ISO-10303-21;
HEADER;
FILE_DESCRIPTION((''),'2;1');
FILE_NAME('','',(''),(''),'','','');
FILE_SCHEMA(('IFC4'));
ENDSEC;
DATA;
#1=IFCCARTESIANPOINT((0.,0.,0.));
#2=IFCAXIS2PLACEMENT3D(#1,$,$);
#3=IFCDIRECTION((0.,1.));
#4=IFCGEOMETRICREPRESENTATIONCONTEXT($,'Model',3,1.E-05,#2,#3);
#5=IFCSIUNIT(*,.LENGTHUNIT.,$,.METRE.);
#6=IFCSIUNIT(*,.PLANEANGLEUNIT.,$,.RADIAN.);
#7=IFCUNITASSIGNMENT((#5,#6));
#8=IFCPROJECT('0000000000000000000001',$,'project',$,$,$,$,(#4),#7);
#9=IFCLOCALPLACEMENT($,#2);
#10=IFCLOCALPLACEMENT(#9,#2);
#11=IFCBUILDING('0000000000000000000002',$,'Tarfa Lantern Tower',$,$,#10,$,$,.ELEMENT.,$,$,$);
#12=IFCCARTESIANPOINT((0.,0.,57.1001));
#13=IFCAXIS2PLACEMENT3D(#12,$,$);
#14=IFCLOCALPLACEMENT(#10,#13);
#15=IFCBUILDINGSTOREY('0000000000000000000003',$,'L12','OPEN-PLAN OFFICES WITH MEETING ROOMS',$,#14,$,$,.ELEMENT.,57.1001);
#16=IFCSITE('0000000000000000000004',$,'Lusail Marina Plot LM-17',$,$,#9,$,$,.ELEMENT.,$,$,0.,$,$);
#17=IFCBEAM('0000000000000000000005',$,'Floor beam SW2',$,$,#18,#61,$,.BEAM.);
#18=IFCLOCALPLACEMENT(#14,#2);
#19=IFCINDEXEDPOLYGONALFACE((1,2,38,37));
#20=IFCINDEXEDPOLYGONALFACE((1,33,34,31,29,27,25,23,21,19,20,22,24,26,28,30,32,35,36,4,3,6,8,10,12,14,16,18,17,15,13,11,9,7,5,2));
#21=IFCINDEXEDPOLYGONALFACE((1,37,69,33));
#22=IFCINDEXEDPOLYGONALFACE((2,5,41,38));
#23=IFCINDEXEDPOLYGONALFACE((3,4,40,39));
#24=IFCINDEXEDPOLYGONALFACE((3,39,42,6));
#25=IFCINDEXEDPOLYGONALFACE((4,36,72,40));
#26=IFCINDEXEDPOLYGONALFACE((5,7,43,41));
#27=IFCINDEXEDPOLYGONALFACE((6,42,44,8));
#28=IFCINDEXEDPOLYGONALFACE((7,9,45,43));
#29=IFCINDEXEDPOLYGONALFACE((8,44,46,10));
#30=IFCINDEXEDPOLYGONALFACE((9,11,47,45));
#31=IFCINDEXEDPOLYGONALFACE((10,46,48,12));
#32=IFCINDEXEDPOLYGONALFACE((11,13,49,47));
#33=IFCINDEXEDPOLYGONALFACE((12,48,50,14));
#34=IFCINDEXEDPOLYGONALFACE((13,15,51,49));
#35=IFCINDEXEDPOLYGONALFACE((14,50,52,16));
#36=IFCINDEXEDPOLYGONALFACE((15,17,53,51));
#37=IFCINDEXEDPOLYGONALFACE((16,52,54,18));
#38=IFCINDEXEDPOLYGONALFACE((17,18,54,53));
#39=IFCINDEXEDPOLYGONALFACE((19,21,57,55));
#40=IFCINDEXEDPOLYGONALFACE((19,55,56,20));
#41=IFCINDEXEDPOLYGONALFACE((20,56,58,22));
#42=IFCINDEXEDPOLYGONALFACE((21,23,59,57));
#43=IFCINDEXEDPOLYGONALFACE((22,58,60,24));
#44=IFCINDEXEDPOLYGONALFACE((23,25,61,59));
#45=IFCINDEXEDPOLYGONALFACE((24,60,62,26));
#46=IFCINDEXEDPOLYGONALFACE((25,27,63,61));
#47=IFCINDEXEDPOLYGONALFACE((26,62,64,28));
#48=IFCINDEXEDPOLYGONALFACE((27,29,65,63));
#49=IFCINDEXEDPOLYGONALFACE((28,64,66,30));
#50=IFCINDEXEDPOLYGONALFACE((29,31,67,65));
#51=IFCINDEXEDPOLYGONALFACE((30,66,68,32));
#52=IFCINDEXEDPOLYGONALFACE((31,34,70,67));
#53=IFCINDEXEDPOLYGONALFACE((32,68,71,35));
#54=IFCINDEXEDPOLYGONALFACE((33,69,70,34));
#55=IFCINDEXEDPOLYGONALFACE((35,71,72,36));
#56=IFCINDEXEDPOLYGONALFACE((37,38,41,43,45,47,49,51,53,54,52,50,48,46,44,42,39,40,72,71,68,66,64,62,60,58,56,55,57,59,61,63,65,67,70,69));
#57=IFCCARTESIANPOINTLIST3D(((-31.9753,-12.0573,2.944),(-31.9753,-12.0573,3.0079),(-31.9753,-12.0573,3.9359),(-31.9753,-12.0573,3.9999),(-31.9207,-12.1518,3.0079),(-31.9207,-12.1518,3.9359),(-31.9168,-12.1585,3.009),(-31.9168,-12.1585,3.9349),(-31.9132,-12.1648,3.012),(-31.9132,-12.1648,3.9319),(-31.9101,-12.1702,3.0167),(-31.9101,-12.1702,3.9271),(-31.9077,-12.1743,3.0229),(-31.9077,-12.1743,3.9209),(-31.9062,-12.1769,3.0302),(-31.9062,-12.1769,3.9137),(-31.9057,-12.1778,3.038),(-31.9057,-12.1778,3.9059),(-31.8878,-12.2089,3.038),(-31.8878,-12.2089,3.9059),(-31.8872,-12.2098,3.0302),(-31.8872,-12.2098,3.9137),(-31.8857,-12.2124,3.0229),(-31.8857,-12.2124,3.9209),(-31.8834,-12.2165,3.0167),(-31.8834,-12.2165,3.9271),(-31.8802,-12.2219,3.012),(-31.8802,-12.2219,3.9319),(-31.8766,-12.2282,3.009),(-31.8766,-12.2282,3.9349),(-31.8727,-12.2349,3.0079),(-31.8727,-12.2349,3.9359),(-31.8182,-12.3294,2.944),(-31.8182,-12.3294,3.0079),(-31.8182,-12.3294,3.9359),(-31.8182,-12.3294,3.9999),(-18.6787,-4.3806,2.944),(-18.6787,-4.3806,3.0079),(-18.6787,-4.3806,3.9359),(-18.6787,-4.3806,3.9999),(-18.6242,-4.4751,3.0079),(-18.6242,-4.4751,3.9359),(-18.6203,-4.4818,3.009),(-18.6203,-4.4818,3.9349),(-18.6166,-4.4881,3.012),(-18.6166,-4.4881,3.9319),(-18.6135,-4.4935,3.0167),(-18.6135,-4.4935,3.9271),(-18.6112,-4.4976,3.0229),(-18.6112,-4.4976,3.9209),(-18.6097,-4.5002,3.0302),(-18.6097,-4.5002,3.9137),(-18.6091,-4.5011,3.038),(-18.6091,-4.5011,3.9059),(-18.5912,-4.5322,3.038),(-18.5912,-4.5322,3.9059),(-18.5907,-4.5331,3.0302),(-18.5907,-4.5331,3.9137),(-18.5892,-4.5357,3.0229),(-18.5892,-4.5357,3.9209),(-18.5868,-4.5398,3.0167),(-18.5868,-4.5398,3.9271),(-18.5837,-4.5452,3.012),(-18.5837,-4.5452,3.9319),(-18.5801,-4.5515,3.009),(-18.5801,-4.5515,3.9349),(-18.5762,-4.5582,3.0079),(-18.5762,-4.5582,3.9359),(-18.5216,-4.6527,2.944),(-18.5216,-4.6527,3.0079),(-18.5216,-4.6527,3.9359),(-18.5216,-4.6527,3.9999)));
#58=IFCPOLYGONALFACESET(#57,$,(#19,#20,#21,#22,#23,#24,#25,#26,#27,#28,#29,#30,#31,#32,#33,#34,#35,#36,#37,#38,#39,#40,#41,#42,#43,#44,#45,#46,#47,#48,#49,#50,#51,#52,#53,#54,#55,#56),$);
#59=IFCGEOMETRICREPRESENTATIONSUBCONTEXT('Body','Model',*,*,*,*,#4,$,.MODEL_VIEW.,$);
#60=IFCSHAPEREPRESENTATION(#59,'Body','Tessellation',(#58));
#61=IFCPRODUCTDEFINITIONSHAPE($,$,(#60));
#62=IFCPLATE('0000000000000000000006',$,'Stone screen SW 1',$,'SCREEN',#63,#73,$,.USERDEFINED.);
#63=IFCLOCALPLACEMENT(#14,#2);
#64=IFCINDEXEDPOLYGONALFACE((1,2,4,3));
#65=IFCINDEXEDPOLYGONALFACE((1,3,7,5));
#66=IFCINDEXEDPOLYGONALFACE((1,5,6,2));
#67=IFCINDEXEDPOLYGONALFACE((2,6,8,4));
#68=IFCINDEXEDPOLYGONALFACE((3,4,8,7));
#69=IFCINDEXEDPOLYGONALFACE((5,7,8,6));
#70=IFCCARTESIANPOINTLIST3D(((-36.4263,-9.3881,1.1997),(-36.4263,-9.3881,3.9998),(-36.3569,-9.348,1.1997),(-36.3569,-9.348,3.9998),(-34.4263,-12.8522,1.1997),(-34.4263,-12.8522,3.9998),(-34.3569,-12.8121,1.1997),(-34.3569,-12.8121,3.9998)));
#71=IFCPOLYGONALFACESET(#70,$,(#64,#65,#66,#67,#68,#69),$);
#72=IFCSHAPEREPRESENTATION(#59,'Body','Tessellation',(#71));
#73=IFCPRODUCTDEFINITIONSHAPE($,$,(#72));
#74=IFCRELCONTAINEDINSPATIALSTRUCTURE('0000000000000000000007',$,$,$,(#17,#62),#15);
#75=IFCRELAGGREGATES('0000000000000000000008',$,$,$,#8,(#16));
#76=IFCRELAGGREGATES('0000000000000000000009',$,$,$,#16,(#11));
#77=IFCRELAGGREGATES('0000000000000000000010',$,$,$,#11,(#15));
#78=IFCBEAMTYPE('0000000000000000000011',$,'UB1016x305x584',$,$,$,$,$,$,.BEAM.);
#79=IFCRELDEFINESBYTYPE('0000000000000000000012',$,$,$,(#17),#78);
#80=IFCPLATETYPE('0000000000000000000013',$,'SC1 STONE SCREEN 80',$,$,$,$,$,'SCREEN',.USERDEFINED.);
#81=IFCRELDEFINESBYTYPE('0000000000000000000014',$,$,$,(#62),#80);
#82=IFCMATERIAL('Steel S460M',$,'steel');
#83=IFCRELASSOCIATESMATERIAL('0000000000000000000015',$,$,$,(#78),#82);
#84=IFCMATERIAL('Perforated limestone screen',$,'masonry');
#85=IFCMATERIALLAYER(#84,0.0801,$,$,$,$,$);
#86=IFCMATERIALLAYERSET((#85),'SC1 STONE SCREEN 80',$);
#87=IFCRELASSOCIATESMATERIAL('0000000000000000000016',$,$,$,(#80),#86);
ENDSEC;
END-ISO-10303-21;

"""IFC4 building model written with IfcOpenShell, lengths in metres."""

from ifc_helpers import new_model, si_unit, direction, frame, origin, origin_2d, place, context, subcontext, project, spatial, rectangle, i_section, extrude, material, layer, layer_set, material_profile, profile_set, type_object, element, save


model = new_model("IFC4")

# Units and contexts
model_context = context("Model", 3, precision=1e-05, world=origin(), true_north=direction((0.0, 1.0)))
body_context = subcontext(model_context, "Body", "Model", "MODEL_VIEW")
ifc_project = project(units=[si_unit("LENGTHUNIT", "METRE"), si_unit("PLANEANGLEUNIT", "RADIAN")], contexts=[model_context])

# Site, building, storey
site_placement = place(None, origin())
site = spatial("IfcSite", under=ifc_project, at=site_placement, Name="Lusail Marina Plot LM-17", CompositionType="ELEMENT", RefElevation=0.0)
building_placement = place(site_placement, origin())
building = spatial("IfcBuilding", under=site, at=building_placement, Name="Tarfa Lantern Tower", CompositionType="ELEMENT")
storey_placement = place(building_placement, frame((0.0, 0.0, 57.1001)))
storey = spatial("IfcBuildingStorey", under=building, at=storey_placement, Name="L12", Description="OPEN-PLAN OFFICES WITH MEETING ROOMS", CompositionType="ELEMENT", Elevation=57.1001)

# Beam
ifc_material_1 = material(Name="Steel S460M", Category="steel")
ifc_material_profile_1 = material_profile(ifc_material_1, i_section(OverallWidth=0.3142, OverallDepth=1.0559, WebThickness=0.0359, FlangeThickness=0.064, FilletRadius=0.03, at=origin_2d()), Name="UB1016x305x584")
ifc_profile_set_1 = profile_set([ifc_material_profile_1], Name="Steel S460M")
beam_type_1 = type_object("IfcBeamType", Name="UB1016x305x584", PredefinedType="BEAM", material=ifc_profile_set_1)
beam_1_placement = place(storey_placement, frame((-31.8967, -12.1934, 3.4719), z_axis=(0.866027, 0.499997, 0.0), x_axis=(-0.499997, 0.866027, 0.0)))
element("IfcBeam", 1, at=beam_1_placement, inside=storey, type_object=beam_type_1, Name="Floor beam SW2", PredefinedType="BEAM", context=body_context, shape_type="SweptSolid", body=[
    extrude(i_section(OverallWidth=0.3142, OverallDepth=1.0559, WebThickness=0.0359, FlangeThickness=0.064, FilletRadius=0.03, at=origin_2d()), origin(), (0.0, 0.0, 1.0), 15.3535),
])

# Plate
ifc_material_2 = material(Name="Perforated limestone screen", Category="masonry")
ifc_layer_1 = layer(ifc_material_2, 0.0801)
ifc_layer_set_1 = layer_set([ifc_layer_1], Name="SC1 STONE SCREEN 80")
plate_type = type_object("IfcPlateType", Name="SC1 STONE SCREEN 80", ElementType="SCREEN", PredefinedType="USERDEFINED", material=ifc_layer_set_1)
plate_placement = place(storey_placement, frame((-35.3916, -11.1001, 1.1997), z_axis=(0.0, 0.0, 1.0), x_axis=(0.5, -0.866025, 0.0)))
element("IfcPlate", 2, at=plate_placement, inside=storey, type_object=plate_type, Name="Stone screen SW 1", ObjectType="SCREEN", PredefinedType="USERDEFINED", context=body_context, shape_type="SweptSolid", body=[
    extrude(rectangle(XDim=4.0, YDim=0.0801, at=origin_2d()), origin(), (0.0, 0.0, 1.0), 2.8),
])

save(model, "model.ifc")
